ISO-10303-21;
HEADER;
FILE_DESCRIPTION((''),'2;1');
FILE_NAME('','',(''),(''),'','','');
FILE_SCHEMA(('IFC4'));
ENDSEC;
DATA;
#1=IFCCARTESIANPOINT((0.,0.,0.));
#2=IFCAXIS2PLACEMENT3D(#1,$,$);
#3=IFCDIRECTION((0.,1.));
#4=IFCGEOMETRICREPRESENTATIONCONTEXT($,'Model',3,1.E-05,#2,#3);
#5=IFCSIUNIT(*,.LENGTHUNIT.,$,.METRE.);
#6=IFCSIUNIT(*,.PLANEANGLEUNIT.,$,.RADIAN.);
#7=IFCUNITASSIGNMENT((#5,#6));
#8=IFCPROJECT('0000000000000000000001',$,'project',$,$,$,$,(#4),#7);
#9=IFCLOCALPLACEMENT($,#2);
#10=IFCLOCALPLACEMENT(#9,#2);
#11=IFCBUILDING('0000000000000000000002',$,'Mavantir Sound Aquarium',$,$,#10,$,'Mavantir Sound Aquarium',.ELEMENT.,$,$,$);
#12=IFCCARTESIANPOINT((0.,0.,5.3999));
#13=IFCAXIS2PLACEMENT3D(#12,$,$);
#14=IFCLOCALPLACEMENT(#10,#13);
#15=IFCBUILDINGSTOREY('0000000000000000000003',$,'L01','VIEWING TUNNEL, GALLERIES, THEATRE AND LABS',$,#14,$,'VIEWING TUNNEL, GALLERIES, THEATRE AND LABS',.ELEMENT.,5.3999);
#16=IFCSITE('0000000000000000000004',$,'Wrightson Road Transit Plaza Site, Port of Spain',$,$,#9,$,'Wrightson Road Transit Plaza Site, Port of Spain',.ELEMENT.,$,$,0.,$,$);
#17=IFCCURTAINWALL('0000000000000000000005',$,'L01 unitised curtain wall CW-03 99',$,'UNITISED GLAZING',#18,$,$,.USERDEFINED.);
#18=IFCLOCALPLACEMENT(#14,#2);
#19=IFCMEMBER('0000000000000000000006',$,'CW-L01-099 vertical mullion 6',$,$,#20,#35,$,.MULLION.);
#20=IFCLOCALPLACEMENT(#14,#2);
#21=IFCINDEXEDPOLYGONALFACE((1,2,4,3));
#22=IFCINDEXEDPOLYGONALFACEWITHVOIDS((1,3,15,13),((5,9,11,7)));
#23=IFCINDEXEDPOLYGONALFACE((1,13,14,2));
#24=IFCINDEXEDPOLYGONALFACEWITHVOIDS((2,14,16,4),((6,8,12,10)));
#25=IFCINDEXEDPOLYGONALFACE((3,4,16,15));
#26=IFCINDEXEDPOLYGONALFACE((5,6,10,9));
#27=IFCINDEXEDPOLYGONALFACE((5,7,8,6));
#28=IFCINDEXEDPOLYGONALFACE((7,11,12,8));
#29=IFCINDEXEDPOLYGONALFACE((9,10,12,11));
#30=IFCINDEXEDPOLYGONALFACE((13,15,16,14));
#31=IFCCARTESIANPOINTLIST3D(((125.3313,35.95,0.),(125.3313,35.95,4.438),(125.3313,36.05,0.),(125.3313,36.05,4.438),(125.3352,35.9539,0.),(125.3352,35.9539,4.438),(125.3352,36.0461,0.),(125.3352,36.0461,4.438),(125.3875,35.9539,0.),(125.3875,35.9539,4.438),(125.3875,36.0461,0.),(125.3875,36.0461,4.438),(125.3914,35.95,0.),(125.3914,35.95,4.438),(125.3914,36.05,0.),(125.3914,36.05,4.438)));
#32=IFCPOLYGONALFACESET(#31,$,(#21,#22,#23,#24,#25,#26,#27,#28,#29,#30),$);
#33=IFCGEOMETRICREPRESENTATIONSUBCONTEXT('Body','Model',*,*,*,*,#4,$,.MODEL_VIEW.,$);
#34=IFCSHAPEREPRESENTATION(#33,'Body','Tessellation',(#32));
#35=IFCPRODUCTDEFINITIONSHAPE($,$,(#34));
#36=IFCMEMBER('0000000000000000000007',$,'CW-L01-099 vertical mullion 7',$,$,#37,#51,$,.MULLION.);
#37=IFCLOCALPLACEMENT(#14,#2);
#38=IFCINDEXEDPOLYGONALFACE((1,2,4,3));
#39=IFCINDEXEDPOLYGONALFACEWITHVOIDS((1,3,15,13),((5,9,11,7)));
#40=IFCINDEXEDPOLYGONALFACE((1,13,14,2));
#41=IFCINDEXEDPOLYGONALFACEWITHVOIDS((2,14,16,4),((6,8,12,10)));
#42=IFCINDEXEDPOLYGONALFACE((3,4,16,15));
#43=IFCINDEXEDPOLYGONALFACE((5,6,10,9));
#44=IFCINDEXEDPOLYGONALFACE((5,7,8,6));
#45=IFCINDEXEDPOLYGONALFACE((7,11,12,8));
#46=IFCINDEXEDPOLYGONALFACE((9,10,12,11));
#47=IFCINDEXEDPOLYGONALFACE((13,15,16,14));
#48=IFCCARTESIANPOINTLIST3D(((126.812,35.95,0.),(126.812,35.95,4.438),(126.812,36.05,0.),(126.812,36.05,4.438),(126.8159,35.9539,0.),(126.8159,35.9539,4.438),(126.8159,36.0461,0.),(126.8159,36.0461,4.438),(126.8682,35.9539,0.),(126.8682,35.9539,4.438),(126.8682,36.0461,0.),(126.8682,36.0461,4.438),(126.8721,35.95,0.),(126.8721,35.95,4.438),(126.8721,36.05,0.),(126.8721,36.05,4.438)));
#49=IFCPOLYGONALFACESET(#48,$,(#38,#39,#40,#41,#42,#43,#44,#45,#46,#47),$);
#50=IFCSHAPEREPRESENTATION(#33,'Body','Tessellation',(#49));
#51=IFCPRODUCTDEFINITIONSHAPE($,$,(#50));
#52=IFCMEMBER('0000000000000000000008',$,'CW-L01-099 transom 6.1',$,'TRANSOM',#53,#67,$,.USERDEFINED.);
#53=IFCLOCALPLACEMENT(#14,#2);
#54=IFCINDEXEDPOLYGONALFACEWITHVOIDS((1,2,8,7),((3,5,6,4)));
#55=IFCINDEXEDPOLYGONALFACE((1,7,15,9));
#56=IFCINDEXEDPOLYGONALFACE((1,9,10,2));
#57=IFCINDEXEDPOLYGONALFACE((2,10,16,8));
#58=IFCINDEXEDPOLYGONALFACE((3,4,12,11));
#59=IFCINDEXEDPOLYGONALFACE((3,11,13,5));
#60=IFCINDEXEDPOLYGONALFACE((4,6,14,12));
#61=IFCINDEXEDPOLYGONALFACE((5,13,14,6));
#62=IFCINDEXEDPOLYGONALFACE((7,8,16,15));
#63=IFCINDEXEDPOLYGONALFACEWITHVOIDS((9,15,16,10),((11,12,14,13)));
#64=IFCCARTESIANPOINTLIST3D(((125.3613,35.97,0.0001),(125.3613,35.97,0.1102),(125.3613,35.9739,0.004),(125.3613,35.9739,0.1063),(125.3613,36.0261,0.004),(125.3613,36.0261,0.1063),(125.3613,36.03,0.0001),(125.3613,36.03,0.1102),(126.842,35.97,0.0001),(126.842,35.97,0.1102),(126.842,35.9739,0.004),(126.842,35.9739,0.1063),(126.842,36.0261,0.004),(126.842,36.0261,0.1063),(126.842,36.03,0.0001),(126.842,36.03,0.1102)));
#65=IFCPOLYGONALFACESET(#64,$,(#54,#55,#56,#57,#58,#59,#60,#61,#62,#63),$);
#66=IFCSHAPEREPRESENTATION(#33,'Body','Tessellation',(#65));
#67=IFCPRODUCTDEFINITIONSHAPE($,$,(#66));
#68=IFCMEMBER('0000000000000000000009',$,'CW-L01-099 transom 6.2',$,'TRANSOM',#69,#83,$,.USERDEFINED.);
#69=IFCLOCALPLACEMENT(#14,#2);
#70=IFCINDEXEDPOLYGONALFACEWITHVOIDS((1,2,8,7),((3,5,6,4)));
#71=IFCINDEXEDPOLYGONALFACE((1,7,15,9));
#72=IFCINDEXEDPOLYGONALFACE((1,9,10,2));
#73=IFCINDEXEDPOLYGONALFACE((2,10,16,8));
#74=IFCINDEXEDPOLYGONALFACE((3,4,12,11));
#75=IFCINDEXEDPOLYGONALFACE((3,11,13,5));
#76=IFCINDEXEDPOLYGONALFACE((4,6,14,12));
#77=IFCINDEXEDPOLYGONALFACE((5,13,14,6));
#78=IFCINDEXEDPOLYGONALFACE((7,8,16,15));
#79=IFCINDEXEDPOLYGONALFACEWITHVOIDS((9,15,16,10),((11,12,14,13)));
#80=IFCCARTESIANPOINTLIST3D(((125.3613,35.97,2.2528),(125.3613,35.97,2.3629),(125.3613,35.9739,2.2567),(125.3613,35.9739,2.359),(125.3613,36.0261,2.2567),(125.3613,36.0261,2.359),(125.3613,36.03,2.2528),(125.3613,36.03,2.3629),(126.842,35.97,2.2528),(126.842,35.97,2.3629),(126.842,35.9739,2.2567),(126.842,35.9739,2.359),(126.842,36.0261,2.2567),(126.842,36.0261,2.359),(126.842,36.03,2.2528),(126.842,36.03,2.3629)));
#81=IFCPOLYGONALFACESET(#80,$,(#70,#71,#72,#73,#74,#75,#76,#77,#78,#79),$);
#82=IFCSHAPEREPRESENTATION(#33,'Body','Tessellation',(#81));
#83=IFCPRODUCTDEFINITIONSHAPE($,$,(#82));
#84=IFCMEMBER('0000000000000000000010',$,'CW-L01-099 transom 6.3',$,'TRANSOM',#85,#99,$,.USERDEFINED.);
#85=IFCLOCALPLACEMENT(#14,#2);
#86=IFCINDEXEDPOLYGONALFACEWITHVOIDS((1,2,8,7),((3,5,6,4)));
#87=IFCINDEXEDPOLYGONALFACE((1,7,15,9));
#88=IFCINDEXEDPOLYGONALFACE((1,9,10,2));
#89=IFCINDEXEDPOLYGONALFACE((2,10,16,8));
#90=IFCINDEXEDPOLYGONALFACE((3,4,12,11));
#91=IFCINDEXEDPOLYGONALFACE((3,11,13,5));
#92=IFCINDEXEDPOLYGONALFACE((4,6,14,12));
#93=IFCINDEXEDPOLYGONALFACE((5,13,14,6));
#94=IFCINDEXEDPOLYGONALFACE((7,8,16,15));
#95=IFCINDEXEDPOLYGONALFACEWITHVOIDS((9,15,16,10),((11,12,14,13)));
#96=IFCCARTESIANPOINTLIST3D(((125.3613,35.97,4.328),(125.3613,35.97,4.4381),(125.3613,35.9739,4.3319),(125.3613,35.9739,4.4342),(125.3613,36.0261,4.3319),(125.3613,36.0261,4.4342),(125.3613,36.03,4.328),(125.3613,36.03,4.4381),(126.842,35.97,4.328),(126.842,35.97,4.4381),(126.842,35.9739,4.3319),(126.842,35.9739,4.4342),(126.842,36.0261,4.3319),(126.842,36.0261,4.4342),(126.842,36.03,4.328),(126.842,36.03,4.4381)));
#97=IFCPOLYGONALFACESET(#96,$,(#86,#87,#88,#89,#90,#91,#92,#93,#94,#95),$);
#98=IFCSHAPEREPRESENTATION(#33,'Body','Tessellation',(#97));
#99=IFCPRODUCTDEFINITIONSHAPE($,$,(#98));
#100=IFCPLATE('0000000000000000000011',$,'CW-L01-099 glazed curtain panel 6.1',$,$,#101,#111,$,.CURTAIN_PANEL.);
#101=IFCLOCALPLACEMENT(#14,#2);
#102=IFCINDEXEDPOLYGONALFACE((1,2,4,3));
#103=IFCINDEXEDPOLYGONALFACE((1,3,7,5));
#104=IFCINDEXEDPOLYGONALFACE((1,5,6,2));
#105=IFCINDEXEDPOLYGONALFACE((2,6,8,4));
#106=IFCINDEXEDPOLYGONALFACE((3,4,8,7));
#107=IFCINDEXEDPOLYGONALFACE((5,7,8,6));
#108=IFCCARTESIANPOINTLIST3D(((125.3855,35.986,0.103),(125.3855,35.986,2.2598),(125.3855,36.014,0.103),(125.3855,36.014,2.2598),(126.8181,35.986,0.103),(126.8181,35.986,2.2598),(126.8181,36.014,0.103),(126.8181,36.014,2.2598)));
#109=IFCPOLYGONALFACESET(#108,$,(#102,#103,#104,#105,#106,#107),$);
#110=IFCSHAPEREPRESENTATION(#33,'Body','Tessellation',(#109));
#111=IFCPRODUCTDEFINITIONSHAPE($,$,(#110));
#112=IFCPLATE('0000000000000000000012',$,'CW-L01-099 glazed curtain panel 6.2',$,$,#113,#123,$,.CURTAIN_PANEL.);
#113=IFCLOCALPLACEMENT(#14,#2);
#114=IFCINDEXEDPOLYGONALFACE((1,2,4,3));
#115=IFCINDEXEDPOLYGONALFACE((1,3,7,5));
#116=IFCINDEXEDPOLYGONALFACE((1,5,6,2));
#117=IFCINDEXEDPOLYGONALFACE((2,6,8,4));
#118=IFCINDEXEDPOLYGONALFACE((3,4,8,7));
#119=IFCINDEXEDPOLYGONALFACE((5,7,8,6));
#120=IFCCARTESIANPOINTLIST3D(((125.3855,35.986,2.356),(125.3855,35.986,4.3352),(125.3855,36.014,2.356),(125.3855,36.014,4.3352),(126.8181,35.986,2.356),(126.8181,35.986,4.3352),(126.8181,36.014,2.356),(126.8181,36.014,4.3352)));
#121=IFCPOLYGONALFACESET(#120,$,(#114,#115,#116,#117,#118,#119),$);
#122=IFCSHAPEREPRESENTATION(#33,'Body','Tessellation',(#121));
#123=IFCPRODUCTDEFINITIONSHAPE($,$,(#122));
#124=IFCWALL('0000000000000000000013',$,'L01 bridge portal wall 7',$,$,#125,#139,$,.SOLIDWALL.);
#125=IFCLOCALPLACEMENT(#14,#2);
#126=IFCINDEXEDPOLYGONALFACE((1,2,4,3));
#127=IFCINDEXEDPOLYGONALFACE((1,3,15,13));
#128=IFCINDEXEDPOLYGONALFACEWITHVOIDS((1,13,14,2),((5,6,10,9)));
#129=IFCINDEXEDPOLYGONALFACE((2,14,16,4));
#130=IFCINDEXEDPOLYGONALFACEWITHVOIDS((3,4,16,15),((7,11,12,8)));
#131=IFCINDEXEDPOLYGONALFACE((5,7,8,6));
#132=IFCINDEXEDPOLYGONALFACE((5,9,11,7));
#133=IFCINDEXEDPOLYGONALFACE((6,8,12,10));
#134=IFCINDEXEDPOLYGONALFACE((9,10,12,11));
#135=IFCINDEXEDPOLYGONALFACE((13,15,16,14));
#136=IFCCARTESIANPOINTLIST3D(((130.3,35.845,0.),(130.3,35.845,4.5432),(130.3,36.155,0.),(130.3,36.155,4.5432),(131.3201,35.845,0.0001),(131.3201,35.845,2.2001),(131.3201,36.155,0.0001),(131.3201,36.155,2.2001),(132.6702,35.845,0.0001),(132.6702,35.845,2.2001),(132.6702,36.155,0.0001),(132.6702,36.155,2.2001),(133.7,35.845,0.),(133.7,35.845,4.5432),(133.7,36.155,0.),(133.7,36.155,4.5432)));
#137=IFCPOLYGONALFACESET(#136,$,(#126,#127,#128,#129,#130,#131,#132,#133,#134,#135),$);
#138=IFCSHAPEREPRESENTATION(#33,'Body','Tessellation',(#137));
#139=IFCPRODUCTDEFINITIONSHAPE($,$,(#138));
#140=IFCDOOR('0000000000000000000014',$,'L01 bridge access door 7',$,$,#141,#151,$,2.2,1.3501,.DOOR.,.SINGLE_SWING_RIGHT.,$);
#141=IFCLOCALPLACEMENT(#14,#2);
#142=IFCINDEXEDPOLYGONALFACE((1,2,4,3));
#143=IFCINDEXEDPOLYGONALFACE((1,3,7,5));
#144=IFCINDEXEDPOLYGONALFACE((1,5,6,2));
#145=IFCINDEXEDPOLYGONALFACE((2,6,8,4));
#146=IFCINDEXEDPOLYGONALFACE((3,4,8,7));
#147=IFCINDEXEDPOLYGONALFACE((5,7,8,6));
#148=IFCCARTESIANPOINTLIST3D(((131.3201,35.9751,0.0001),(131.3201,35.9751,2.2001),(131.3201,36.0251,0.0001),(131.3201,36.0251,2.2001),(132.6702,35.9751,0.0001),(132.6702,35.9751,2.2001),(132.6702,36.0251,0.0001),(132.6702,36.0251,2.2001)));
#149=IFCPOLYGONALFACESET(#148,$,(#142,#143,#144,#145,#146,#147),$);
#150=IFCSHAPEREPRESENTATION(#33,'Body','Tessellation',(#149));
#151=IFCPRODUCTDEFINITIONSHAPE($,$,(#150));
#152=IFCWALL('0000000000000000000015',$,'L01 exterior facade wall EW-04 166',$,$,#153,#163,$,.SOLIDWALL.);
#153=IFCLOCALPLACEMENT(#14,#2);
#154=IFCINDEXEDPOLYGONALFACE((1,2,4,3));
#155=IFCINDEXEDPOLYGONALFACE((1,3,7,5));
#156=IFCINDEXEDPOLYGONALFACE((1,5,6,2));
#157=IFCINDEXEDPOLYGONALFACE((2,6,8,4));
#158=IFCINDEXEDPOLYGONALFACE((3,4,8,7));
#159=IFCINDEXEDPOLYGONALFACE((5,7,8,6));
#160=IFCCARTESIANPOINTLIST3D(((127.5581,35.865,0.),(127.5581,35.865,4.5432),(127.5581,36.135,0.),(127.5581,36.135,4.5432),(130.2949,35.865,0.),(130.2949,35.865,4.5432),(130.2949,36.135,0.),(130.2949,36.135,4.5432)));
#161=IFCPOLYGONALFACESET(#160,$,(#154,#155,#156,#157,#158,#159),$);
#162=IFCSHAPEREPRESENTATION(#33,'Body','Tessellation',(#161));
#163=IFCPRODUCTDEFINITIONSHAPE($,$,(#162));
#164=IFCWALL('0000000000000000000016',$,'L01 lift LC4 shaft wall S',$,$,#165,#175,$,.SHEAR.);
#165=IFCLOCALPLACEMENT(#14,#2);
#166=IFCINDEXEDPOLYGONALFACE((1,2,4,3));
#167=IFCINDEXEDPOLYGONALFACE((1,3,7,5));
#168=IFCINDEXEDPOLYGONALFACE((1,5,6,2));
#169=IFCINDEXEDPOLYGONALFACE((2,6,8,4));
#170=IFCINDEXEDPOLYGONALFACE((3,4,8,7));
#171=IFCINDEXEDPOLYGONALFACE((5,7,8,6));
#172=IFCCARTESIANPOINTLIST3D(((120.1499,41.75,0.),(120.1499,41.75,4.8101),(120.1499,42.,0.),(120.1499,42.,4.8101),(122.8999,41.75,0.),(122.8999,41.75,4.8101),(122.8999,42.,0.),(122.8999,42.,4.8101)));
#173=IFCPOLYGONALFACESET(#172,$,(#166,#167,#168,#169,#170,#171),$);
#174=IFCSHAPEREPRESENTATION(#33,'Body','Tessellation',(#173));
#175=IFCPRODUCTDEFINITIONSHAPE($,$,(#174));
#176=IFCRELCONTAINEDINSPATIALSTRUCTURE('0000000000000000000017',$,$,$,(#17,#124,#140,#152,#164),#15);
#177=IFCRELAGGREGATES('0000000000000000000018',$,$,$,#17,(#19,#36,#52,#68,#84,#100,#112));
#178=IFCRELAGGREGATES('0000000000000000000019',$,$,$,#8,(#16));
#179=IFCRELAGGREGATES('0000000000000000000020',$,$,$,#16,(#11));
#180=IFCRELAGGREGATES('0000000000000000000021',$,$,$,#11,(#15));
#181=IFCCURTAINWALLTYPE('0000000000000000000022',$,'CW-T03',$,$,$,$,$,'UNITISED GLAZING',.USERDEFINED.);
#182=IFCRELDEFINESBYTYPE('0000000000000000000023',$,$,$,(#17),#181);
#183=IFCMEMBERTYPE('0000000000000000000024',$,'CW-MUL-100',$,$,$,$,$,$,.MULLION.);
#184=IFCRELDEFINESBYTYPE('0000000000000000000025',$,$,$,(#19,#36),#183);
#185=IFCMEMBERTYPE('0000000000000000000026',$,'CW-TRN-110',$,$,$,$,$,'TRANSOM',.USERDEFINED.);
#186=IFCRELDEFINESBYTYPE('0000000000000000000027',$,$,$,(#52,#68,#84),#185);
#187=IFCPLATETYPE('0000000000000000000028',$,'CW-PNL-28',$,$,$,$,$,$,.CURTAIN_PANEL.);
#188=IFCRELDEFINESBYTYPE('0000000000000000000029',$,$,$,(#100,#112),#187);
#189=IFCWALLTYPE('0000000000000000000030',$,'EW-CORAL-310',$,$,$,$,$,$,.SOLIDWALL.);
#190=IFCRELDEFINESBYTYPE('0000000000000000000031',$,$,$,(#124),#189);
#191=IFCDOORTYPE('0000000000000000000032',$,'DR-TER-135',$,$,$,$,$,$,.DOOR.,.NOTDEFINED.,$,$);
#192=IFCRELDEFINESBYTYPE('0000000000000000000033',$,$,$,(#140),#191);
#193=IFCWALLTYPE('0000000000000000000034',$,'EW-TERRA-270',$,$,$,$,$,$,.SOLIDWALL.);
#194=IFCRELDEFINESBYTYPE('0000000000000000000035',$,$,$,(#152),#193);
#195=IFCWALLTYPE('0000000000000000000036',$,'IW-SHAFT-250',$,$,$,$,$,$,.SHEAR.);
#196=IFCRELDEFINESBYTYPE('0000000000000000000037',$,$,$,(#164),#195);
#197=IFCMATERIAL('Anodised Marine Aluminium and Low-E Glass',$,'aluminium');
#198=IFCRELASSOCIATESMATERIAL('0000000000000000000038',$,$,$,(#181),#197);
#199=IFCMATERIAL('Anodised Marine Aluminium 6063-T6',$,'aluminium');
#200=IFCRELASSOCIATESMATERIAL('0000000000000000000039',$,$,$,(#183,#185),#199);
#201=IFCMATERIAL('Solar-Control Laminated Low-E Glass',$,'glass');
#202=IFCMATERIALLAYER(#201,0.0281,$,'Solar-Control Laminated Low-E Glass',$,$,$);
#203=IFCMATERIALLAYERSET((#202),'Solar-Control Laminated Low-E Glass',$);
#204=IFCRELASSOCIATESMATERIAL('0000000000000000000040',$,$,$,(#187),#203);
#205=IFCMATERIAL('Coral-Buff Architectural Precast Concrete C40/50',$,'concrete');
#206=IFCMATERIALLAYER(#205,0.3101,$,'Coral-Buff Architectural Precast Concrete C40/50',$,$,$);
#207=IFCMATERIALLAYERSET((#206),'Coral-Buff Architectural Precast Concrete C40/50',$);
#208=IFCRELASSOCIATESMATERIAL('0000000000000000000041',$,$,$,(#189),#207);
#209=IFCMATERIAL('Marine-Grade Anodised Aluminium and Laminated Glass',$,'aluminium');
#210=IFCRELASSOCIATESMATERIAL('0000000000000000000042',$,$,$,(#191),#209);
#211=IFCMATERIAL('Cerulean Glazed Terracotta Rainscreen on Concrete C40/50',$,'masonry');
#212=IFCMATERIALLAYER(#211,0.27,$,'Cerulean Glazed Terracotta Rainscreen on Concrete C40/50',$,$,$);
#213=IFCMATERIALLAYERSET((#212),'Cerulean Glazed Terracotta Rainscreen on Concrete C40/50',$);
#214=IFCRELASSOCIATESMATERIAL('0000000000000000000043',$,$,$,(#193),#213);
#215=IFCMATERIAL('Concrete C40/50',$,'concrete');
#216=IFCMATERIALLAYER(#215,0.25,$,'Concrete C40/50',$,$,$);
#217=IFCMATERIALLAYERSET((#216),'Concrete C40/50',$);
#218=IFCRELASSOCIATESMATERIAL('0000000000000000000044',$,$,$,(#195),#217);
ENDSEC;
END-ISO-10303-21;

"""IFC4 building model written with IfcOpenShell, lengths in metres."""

from ifc_helpers import new_model, si_unit, direction, frame, frame_2d, origin, origin_2d, place, context, subcontext, project, spatial, rectangle, hollow_rectangle, extrude, material, layer, layer_set, material_profile, profile_set, type_object, element, fill, aggregate, save


model = new_model("IFC4")

# Units and contexts
model_context = context("Model", 3, precision=1e-05, world=origin(), true_north=direction((0.0, 1.0)))
body_context = subcontext(model_context, "Body", "Model", "MODEL_VIEW")
ifc_project = project(units=[si_unit("LENGTHUNIT", "METRE"), si_unit("PLANEANGLEUNIT", "RADIAN")], contexts=[model_context])

# Site, building, storey
site_placement = place(None, origin())
site = spatial("IfcSite", under=ifc_project, at=site_placement, Name="Wrightson Road Transit Plaza Site, Port of Spain", LongName="Wrightson Road Transit Plaza Site, Port of Spain", CompositionType="ELEMENT", RefElevation=0.0)
building_placement = place(site_placement, origin())
building = spatial("IfcBuilding", under=site, at=building_placement, Name="Mavantir Sound Aquarium", LongName="Mavantir Sound Aquarium", CompositionType="ELEMENT")
storey_placement = place(building_placement, frame((0.0, 0.0, 5.3999)))
storey = spatial("IfcBuildingStorey", under=building, at=storey_placement, Name="L01", Description="VIEWING TUNNEL, GALLERIES, THEATRE AND LABS", LongName="VIEWING TUNNEL, GALLERIES, THEATRE AND LABS", CompositionType="ELEMENT", Elevation=5.3999)

# Shared definitions
ifc_material_1 = material(Name="Concrete C40/50", Category="concrete")

# Curtain wall, members, plates
ifc_material_2 = material(Name="Anodised Marine Aluminium and Low-E Glass", Category="aluminium")
curtain_wall_type = type_object("IfcCurtainWallType", Name="CW-T03", ElementType="UNITISED GLAZING", PredefinedType="USERDEFINED", material=ifc_material_2)
curtain_wall_placement = place(storey_placement, origin())
curtain_wall = element("IfcCurtainWall", 1, at=curtain_wall_placement, inside=storey, type_object=curtain_wall_type, Name="L01 unitised curtain wall CW-03 99", ObjectType="UNITISED GLAZING", PredefinedType="USERDEFINED")
ifc_material_3 = material(Name="Anodised Marine Aluminium 6063-T6", Category="aluminium")
ifc_material_profile_1 = material_profile(ifc_material_3, hollow_rectangle(XDim=0.0601, YDim=0.1001, WallThickness=0.0039, at=origin_2d()), Name="ALU-MULLION-100X60")
ifc_profile_set_1 = profile_set([ifc_material_profile_1], Name="Anodised Marine Aluminium 6063-T6")
member_type_1 = type_object("IfcMemberType", Name="CW-MUL-100", PredefinedType="MULLION", material=ifc_profile_set_1)
member_1_placement = place(storey_placement, frame((125.3613, 36.0, 0.0), z_axis=(0.0, 0.0, 1.0), x_axis=(1.0, 0.0, 0.0)))
member_1 = element("IfcMember", 2, at=member_1_placement, type_object=member_type_1, Name="CW-L01-099 vertical mullion 6", PredefinedType="MULLION", context=body_context, shape_type="SweptSolid", body=[
    extrude(hollow_rectangle(XDim=0.0601, YDim=0.1001, WallThickness=0.0039, at=origin_2d()), origin(), (0.0, 0.0, 1.0), 4.438),
])
member_2_placement = place(storey_placement, frame((126.842, 36.0, 0.0), z_axis=(0.0, 0.0, 1.0), x_axis=(1.0, 0.0, 0.0)))
member_2 = element("IfcMember", 3, at=member_2_placement, type_object=member_type_1, Name="CW-L01-099 vertical mullion 7", PredefinedType="MULLION", context=body_context, shape_type="SweptSolid", body=[
    extrude(hollow_rectangle(XDim=0.0601, YDim=0.1001, WallThickness=0.0039, at=origin_2d()), origin(), (0.0, 0.0, 1.0), 4.438),
])
ifc_material_profile_2 = material_profile(ifc_material_3, hollow_rectangle(XDim=0.0601, YDim=0.1101, WallThickness=0.0039, at=origin_2d()), Name="ALU-TRANSOM-110X60")
ifc_profile_set_2 = profile_set([ifc_material_profile_2], Name="Anodised Marine Aluminium 6063-T6")
member_type_2 = type_object("IfcMemberType", Name="CW-TRN-110", ElementType="TRANSOM", PredefinedType="USERDEFINED", material=ifc_profile_set_2)
member_3_placement = place(storey_placement, frame((125.3613, 36.0, 0.0552), z_axis=(1.0, 0.0, 0.0), x_axis=(0.0, 1.0, 0.0)))
member_3 = element("IfcMember", 4, at=member_3_placement, type_object=member_type_2, Name="CW-L01-099 transom 6.1", ObjectType="TRANSOM", PredefinedType="USERDEFINED", context=body_context, shape_type="SweptSolid", body=[
    extrude(hollow_rectangle(XDim=0.0601, YDim=0.1101, WallThickness=0.0039, at=origin_2d()), origin(), (0.0, 0.0, 1.0), 1.4807),
])
member_4_placement = place(storey_placement, frame((125.3613, 36.0, 2.3079), z_axis=(1.0, 0.0, 0.0), x_axis=(0.0, 1.0, 0.0)))
member_4 = element("IfcMember", 5, at=member_4_placement, type_object=member_type_2, Name="CW-L01-099 transom 6.2", ObjectType="TRANSOM", PredefinedType="USERDEFINED", context=body_context, shape_type="SweptSolid", body=[
    extrude(hollow_rectangle(XDim=0.0601, YDim=0.1101, WallThickness=0.0039, at=origin_2d()), origin(), (0.0, 0.0, 1.0), 1.4807),
])
member_5_placement = place(storey_placement, frame((125.3613, 36.0, 4.3831), z_axis=(1.0, 0.0, 0.0), x_axis=(0.0, 1.0, 0.0)))
member_5 = element("IfcMember", 6, at=member_5_placement, type_object=member_type_2, Name="CW-L01-099 transom 6.3", ObjectType="TRANSOM", PredefinedType="USERDEFINED", context=body_context, shape_type="SweptSolid", body=[
    extrude(hollow_rectangle(XDim=0.0601, YDim=0.1101, WallThickness=0.0039, at=origin_2d()), origin(), (0.0, 0.0, 1.0), 1.4807),
])
ifc_material_4 = material(Name="Solar-Control Laminated Low-E Glass", Category="glass")
ifc_layer_1 = layer(ifc_material_4, 0.0281, Name="Solar-Control Laminated Low-E Glass")
ifc_layer_set_1 = layer_set([ifc_layer_1], Name="Solar-Control Laminated Low-E Glass")
plate_type = type_object("IfcPlateType", Name="CW-PNL-28", PredefinedType="CURTAIN_PANEL", material=ifc_layer_set_1)
plate_1_placement = place(storey_placement, frame((126.1018, 36.0, 0.103), z_axis=(0.0, 0.0, 1.0), x_axis=(1.0, 0.0, 0.0)))
plate_1 = element("IfcPlate", 7, at=plate_1_placement, type_object=plate_type, Name="CW-L01-099 glazed curtain panel 6.1", PredefinedType="CURTAIN_PANEL", context=body_context, shape_type="SweptSolid", body=[
    extrude(rectangle(XDim=1.4326, YDim=0.0281, at=origin_2d()), origin(), (0.0, 0.0, 1.0), 2.1567),
])
plate_2_placement = place(storey_placement, frame((126.1018, 36.0, 2.356), z_axis=(0.0, 0.0, 1.0), x_axis=(1.0, 0.0, 0.0)))
plate_2 = element("IfcPlate", 8, at=plate_2_placement, type_object=plate_type, Name="CW-L01-099 glazed curtain panel 6.2", PredefinedType="CURTAIN_PANEL", context=body_context, shape_type="SweptSolid", body=[
    extrude(rectangle(XDim=1.4326, YDim=0.0281, at=origin_2d()), origin(), (0.0, 0.0, 1.0), 1.9792),
])
aggregate(curtain_wall, [member_1, member_2, member_3, member_4, member_5, plate_1, plate_2])

# Wall, opening, door
ifc_material_5 = material(Name="Coral-Buff Architectural Precast Concrete C40/50", Category="concrete")
ifc_layer_2 = layer(ifc_material_5, 0.3101, Name="Coral-Buff Architectural Precast Concrete C40/50")
ifc_layer_set_2 = layer_set([ifc_layer_2], Name="Coral-Buff Architectural Precast Concrete C40/50")
wall_type_1 = type_object("IfcWallType", Name="EW-CORAL-310", PredefinedType="SOLIDWALL", material=ifc_layer_set_2)
wall_1_placement = place(storey_placement, frame((130.3, 36.0, 0.0), z_axis=(0.0, 0.0, 1.0), x_axis=(1.0, 0.0, 0.0)))
wall_1 = element("IfcWall", 9, at=wall_1_placement, inside=storey, type_object=wall_type_1, Name="L01 bridge portal wall 7", PredefinedType="SOLIDWALL", context=body_context, shape_type="SweptSolid", body=[
    extrude(rectangle(XDim=3.3999, YDim=0.3101, at=frame_2d((1.7, 0.0))), origin(), (0.0, 0.0, 1.0), 4.5432),
])
opening_1_placement = place(wall_1_placement, frame((2.3701, 0.0, 0.0), z_axis=(0.0, 0.0, 1.0), x_axis=(-1.0, 0.0, 0.0)))
opening_1 = element("IfcOpeningElement", 10, at=opening_1_placement, cuts=wall_1, PredefinedType="OPENING", context=body_context, shape_type="SweptSolid", body=[
    extrude(rectangle(XDim=1.3501, YDim=2.2, at=frame_2d((0.675, 1.1001))), frame((0.0, 0.165, 0.0), z_axis=(0.0, -1.0, 0.0), x_axis=(1.0, 0.0, 0.0)), (0.0, 0.0, 1.0), 0.3301),
])
ifc_material_6 = material(Name="Marine-Grade Anodised Aluminium and Laminated Glass", Category="aluminium")
door_type_1 = type_object("IfcDoorType", Name="DR-TER-135", OperationType="NOTDEFINED", PredefinedType="DOOR", material=ifc_material_6)
door_1_placement = place(opening_1_placement, origin())
door_1 = element("IfcDoor", 11, at=door_1_placement, inside=storey, type_object=door_type_1, Name="L01 bridge access door 7", OperationType="SINGLE_SWING_RIGHT", OverallHeight=2.2, OverallWidth=1.3501, PredefinedType="DOOR", context=body_context, shape_type="SweptSolid", body=[
    extrude(rectangle(XDim=1.3501, YDim=2.2, at=frame_2d((0.675, 1.1001))), frame((0.0, 0.0249, 0.0), z_axis=(0.0, -1.0, 0.0), x_axis=(1.0, 0.0, 0.0)), (0.0, 0.0, 1.0), 0.05),
])
fill(opening_1, door_1)

# Walls
ifc_material_7 = material(Name="Cerulean Glazed Terracotta Rainscreen on Concrete C40/50", Category="masonry")
ifc_layer_3 = layer(ifc_material_7, 0.27, Name="Cerulean Glazed Terracotta Rainscreen on Concrete C40/50")
ifc_layer_set_3 = layer_set([ifc_layer_3], Name="Cerulean Glazed Terracotta Rainscreen on Concrete C40/50")
wall_type_2 = type_object("IfcWallType", Name="EW-TERRA-270", PredefinedType="SOLIDWALL", material=ifc_layer_set_3)
wall_2_placement = place(storey_placement, frame((127.5581, 36.0, 0.0), z_axis=(0.0, 0.0, 1.0), x_axis=(1.0, 0.0, 0.0)))
element("IfcWall", 12, at=wall_2_placement, inside=storey, type_object=wall_type_2, Name="L01 exterior facade wall EW-04 166", PredefinedType="SOLIDWALL", context=body_context, shape_type="SweptSolid", body=[
    extrude(rectangle(XDim=2.7368, YDim=0.27, at=frame_2d((1.3684, 0.0))), origin(), (0.0, 0.0, 1.0), 4.5432),
])
ifc_layer_4 = layer(ifc_material_1, 0.25, Name="Concrete C40/50")
ifc_layer_set_4 = layer_set([ifc_layer_4], Name="Concrete C40/50")
wall_type_3 = type_object("IfcWallType", Name="IW-SHAFT-250", PredefinedType="SHEAR", material=ifc_layer_set_4)
wall_3_placement = place(storey_placement, frame((120.1499, 41.875, 0.0), z_axis=(0.0, 0.0, 1.0), x_axis=(1.0, 0.0, 0.0)))
element("IfcWall", 13, at=wall_3_placement, inside=storey, type_object=wall_type_3, Name="L01 lift LC4 shaft wall S", PredefinedType="SHEAR", context=body_context, shape_type="SweptSolid", body=[
    extrude(rectangle(XDim=2.75, YDim=0.25, at=frame_2d((1.375, 0.0))), origin(), (0.0, 0.0, 1.0), 4.8101),
])

save(model, "model.ifc")
